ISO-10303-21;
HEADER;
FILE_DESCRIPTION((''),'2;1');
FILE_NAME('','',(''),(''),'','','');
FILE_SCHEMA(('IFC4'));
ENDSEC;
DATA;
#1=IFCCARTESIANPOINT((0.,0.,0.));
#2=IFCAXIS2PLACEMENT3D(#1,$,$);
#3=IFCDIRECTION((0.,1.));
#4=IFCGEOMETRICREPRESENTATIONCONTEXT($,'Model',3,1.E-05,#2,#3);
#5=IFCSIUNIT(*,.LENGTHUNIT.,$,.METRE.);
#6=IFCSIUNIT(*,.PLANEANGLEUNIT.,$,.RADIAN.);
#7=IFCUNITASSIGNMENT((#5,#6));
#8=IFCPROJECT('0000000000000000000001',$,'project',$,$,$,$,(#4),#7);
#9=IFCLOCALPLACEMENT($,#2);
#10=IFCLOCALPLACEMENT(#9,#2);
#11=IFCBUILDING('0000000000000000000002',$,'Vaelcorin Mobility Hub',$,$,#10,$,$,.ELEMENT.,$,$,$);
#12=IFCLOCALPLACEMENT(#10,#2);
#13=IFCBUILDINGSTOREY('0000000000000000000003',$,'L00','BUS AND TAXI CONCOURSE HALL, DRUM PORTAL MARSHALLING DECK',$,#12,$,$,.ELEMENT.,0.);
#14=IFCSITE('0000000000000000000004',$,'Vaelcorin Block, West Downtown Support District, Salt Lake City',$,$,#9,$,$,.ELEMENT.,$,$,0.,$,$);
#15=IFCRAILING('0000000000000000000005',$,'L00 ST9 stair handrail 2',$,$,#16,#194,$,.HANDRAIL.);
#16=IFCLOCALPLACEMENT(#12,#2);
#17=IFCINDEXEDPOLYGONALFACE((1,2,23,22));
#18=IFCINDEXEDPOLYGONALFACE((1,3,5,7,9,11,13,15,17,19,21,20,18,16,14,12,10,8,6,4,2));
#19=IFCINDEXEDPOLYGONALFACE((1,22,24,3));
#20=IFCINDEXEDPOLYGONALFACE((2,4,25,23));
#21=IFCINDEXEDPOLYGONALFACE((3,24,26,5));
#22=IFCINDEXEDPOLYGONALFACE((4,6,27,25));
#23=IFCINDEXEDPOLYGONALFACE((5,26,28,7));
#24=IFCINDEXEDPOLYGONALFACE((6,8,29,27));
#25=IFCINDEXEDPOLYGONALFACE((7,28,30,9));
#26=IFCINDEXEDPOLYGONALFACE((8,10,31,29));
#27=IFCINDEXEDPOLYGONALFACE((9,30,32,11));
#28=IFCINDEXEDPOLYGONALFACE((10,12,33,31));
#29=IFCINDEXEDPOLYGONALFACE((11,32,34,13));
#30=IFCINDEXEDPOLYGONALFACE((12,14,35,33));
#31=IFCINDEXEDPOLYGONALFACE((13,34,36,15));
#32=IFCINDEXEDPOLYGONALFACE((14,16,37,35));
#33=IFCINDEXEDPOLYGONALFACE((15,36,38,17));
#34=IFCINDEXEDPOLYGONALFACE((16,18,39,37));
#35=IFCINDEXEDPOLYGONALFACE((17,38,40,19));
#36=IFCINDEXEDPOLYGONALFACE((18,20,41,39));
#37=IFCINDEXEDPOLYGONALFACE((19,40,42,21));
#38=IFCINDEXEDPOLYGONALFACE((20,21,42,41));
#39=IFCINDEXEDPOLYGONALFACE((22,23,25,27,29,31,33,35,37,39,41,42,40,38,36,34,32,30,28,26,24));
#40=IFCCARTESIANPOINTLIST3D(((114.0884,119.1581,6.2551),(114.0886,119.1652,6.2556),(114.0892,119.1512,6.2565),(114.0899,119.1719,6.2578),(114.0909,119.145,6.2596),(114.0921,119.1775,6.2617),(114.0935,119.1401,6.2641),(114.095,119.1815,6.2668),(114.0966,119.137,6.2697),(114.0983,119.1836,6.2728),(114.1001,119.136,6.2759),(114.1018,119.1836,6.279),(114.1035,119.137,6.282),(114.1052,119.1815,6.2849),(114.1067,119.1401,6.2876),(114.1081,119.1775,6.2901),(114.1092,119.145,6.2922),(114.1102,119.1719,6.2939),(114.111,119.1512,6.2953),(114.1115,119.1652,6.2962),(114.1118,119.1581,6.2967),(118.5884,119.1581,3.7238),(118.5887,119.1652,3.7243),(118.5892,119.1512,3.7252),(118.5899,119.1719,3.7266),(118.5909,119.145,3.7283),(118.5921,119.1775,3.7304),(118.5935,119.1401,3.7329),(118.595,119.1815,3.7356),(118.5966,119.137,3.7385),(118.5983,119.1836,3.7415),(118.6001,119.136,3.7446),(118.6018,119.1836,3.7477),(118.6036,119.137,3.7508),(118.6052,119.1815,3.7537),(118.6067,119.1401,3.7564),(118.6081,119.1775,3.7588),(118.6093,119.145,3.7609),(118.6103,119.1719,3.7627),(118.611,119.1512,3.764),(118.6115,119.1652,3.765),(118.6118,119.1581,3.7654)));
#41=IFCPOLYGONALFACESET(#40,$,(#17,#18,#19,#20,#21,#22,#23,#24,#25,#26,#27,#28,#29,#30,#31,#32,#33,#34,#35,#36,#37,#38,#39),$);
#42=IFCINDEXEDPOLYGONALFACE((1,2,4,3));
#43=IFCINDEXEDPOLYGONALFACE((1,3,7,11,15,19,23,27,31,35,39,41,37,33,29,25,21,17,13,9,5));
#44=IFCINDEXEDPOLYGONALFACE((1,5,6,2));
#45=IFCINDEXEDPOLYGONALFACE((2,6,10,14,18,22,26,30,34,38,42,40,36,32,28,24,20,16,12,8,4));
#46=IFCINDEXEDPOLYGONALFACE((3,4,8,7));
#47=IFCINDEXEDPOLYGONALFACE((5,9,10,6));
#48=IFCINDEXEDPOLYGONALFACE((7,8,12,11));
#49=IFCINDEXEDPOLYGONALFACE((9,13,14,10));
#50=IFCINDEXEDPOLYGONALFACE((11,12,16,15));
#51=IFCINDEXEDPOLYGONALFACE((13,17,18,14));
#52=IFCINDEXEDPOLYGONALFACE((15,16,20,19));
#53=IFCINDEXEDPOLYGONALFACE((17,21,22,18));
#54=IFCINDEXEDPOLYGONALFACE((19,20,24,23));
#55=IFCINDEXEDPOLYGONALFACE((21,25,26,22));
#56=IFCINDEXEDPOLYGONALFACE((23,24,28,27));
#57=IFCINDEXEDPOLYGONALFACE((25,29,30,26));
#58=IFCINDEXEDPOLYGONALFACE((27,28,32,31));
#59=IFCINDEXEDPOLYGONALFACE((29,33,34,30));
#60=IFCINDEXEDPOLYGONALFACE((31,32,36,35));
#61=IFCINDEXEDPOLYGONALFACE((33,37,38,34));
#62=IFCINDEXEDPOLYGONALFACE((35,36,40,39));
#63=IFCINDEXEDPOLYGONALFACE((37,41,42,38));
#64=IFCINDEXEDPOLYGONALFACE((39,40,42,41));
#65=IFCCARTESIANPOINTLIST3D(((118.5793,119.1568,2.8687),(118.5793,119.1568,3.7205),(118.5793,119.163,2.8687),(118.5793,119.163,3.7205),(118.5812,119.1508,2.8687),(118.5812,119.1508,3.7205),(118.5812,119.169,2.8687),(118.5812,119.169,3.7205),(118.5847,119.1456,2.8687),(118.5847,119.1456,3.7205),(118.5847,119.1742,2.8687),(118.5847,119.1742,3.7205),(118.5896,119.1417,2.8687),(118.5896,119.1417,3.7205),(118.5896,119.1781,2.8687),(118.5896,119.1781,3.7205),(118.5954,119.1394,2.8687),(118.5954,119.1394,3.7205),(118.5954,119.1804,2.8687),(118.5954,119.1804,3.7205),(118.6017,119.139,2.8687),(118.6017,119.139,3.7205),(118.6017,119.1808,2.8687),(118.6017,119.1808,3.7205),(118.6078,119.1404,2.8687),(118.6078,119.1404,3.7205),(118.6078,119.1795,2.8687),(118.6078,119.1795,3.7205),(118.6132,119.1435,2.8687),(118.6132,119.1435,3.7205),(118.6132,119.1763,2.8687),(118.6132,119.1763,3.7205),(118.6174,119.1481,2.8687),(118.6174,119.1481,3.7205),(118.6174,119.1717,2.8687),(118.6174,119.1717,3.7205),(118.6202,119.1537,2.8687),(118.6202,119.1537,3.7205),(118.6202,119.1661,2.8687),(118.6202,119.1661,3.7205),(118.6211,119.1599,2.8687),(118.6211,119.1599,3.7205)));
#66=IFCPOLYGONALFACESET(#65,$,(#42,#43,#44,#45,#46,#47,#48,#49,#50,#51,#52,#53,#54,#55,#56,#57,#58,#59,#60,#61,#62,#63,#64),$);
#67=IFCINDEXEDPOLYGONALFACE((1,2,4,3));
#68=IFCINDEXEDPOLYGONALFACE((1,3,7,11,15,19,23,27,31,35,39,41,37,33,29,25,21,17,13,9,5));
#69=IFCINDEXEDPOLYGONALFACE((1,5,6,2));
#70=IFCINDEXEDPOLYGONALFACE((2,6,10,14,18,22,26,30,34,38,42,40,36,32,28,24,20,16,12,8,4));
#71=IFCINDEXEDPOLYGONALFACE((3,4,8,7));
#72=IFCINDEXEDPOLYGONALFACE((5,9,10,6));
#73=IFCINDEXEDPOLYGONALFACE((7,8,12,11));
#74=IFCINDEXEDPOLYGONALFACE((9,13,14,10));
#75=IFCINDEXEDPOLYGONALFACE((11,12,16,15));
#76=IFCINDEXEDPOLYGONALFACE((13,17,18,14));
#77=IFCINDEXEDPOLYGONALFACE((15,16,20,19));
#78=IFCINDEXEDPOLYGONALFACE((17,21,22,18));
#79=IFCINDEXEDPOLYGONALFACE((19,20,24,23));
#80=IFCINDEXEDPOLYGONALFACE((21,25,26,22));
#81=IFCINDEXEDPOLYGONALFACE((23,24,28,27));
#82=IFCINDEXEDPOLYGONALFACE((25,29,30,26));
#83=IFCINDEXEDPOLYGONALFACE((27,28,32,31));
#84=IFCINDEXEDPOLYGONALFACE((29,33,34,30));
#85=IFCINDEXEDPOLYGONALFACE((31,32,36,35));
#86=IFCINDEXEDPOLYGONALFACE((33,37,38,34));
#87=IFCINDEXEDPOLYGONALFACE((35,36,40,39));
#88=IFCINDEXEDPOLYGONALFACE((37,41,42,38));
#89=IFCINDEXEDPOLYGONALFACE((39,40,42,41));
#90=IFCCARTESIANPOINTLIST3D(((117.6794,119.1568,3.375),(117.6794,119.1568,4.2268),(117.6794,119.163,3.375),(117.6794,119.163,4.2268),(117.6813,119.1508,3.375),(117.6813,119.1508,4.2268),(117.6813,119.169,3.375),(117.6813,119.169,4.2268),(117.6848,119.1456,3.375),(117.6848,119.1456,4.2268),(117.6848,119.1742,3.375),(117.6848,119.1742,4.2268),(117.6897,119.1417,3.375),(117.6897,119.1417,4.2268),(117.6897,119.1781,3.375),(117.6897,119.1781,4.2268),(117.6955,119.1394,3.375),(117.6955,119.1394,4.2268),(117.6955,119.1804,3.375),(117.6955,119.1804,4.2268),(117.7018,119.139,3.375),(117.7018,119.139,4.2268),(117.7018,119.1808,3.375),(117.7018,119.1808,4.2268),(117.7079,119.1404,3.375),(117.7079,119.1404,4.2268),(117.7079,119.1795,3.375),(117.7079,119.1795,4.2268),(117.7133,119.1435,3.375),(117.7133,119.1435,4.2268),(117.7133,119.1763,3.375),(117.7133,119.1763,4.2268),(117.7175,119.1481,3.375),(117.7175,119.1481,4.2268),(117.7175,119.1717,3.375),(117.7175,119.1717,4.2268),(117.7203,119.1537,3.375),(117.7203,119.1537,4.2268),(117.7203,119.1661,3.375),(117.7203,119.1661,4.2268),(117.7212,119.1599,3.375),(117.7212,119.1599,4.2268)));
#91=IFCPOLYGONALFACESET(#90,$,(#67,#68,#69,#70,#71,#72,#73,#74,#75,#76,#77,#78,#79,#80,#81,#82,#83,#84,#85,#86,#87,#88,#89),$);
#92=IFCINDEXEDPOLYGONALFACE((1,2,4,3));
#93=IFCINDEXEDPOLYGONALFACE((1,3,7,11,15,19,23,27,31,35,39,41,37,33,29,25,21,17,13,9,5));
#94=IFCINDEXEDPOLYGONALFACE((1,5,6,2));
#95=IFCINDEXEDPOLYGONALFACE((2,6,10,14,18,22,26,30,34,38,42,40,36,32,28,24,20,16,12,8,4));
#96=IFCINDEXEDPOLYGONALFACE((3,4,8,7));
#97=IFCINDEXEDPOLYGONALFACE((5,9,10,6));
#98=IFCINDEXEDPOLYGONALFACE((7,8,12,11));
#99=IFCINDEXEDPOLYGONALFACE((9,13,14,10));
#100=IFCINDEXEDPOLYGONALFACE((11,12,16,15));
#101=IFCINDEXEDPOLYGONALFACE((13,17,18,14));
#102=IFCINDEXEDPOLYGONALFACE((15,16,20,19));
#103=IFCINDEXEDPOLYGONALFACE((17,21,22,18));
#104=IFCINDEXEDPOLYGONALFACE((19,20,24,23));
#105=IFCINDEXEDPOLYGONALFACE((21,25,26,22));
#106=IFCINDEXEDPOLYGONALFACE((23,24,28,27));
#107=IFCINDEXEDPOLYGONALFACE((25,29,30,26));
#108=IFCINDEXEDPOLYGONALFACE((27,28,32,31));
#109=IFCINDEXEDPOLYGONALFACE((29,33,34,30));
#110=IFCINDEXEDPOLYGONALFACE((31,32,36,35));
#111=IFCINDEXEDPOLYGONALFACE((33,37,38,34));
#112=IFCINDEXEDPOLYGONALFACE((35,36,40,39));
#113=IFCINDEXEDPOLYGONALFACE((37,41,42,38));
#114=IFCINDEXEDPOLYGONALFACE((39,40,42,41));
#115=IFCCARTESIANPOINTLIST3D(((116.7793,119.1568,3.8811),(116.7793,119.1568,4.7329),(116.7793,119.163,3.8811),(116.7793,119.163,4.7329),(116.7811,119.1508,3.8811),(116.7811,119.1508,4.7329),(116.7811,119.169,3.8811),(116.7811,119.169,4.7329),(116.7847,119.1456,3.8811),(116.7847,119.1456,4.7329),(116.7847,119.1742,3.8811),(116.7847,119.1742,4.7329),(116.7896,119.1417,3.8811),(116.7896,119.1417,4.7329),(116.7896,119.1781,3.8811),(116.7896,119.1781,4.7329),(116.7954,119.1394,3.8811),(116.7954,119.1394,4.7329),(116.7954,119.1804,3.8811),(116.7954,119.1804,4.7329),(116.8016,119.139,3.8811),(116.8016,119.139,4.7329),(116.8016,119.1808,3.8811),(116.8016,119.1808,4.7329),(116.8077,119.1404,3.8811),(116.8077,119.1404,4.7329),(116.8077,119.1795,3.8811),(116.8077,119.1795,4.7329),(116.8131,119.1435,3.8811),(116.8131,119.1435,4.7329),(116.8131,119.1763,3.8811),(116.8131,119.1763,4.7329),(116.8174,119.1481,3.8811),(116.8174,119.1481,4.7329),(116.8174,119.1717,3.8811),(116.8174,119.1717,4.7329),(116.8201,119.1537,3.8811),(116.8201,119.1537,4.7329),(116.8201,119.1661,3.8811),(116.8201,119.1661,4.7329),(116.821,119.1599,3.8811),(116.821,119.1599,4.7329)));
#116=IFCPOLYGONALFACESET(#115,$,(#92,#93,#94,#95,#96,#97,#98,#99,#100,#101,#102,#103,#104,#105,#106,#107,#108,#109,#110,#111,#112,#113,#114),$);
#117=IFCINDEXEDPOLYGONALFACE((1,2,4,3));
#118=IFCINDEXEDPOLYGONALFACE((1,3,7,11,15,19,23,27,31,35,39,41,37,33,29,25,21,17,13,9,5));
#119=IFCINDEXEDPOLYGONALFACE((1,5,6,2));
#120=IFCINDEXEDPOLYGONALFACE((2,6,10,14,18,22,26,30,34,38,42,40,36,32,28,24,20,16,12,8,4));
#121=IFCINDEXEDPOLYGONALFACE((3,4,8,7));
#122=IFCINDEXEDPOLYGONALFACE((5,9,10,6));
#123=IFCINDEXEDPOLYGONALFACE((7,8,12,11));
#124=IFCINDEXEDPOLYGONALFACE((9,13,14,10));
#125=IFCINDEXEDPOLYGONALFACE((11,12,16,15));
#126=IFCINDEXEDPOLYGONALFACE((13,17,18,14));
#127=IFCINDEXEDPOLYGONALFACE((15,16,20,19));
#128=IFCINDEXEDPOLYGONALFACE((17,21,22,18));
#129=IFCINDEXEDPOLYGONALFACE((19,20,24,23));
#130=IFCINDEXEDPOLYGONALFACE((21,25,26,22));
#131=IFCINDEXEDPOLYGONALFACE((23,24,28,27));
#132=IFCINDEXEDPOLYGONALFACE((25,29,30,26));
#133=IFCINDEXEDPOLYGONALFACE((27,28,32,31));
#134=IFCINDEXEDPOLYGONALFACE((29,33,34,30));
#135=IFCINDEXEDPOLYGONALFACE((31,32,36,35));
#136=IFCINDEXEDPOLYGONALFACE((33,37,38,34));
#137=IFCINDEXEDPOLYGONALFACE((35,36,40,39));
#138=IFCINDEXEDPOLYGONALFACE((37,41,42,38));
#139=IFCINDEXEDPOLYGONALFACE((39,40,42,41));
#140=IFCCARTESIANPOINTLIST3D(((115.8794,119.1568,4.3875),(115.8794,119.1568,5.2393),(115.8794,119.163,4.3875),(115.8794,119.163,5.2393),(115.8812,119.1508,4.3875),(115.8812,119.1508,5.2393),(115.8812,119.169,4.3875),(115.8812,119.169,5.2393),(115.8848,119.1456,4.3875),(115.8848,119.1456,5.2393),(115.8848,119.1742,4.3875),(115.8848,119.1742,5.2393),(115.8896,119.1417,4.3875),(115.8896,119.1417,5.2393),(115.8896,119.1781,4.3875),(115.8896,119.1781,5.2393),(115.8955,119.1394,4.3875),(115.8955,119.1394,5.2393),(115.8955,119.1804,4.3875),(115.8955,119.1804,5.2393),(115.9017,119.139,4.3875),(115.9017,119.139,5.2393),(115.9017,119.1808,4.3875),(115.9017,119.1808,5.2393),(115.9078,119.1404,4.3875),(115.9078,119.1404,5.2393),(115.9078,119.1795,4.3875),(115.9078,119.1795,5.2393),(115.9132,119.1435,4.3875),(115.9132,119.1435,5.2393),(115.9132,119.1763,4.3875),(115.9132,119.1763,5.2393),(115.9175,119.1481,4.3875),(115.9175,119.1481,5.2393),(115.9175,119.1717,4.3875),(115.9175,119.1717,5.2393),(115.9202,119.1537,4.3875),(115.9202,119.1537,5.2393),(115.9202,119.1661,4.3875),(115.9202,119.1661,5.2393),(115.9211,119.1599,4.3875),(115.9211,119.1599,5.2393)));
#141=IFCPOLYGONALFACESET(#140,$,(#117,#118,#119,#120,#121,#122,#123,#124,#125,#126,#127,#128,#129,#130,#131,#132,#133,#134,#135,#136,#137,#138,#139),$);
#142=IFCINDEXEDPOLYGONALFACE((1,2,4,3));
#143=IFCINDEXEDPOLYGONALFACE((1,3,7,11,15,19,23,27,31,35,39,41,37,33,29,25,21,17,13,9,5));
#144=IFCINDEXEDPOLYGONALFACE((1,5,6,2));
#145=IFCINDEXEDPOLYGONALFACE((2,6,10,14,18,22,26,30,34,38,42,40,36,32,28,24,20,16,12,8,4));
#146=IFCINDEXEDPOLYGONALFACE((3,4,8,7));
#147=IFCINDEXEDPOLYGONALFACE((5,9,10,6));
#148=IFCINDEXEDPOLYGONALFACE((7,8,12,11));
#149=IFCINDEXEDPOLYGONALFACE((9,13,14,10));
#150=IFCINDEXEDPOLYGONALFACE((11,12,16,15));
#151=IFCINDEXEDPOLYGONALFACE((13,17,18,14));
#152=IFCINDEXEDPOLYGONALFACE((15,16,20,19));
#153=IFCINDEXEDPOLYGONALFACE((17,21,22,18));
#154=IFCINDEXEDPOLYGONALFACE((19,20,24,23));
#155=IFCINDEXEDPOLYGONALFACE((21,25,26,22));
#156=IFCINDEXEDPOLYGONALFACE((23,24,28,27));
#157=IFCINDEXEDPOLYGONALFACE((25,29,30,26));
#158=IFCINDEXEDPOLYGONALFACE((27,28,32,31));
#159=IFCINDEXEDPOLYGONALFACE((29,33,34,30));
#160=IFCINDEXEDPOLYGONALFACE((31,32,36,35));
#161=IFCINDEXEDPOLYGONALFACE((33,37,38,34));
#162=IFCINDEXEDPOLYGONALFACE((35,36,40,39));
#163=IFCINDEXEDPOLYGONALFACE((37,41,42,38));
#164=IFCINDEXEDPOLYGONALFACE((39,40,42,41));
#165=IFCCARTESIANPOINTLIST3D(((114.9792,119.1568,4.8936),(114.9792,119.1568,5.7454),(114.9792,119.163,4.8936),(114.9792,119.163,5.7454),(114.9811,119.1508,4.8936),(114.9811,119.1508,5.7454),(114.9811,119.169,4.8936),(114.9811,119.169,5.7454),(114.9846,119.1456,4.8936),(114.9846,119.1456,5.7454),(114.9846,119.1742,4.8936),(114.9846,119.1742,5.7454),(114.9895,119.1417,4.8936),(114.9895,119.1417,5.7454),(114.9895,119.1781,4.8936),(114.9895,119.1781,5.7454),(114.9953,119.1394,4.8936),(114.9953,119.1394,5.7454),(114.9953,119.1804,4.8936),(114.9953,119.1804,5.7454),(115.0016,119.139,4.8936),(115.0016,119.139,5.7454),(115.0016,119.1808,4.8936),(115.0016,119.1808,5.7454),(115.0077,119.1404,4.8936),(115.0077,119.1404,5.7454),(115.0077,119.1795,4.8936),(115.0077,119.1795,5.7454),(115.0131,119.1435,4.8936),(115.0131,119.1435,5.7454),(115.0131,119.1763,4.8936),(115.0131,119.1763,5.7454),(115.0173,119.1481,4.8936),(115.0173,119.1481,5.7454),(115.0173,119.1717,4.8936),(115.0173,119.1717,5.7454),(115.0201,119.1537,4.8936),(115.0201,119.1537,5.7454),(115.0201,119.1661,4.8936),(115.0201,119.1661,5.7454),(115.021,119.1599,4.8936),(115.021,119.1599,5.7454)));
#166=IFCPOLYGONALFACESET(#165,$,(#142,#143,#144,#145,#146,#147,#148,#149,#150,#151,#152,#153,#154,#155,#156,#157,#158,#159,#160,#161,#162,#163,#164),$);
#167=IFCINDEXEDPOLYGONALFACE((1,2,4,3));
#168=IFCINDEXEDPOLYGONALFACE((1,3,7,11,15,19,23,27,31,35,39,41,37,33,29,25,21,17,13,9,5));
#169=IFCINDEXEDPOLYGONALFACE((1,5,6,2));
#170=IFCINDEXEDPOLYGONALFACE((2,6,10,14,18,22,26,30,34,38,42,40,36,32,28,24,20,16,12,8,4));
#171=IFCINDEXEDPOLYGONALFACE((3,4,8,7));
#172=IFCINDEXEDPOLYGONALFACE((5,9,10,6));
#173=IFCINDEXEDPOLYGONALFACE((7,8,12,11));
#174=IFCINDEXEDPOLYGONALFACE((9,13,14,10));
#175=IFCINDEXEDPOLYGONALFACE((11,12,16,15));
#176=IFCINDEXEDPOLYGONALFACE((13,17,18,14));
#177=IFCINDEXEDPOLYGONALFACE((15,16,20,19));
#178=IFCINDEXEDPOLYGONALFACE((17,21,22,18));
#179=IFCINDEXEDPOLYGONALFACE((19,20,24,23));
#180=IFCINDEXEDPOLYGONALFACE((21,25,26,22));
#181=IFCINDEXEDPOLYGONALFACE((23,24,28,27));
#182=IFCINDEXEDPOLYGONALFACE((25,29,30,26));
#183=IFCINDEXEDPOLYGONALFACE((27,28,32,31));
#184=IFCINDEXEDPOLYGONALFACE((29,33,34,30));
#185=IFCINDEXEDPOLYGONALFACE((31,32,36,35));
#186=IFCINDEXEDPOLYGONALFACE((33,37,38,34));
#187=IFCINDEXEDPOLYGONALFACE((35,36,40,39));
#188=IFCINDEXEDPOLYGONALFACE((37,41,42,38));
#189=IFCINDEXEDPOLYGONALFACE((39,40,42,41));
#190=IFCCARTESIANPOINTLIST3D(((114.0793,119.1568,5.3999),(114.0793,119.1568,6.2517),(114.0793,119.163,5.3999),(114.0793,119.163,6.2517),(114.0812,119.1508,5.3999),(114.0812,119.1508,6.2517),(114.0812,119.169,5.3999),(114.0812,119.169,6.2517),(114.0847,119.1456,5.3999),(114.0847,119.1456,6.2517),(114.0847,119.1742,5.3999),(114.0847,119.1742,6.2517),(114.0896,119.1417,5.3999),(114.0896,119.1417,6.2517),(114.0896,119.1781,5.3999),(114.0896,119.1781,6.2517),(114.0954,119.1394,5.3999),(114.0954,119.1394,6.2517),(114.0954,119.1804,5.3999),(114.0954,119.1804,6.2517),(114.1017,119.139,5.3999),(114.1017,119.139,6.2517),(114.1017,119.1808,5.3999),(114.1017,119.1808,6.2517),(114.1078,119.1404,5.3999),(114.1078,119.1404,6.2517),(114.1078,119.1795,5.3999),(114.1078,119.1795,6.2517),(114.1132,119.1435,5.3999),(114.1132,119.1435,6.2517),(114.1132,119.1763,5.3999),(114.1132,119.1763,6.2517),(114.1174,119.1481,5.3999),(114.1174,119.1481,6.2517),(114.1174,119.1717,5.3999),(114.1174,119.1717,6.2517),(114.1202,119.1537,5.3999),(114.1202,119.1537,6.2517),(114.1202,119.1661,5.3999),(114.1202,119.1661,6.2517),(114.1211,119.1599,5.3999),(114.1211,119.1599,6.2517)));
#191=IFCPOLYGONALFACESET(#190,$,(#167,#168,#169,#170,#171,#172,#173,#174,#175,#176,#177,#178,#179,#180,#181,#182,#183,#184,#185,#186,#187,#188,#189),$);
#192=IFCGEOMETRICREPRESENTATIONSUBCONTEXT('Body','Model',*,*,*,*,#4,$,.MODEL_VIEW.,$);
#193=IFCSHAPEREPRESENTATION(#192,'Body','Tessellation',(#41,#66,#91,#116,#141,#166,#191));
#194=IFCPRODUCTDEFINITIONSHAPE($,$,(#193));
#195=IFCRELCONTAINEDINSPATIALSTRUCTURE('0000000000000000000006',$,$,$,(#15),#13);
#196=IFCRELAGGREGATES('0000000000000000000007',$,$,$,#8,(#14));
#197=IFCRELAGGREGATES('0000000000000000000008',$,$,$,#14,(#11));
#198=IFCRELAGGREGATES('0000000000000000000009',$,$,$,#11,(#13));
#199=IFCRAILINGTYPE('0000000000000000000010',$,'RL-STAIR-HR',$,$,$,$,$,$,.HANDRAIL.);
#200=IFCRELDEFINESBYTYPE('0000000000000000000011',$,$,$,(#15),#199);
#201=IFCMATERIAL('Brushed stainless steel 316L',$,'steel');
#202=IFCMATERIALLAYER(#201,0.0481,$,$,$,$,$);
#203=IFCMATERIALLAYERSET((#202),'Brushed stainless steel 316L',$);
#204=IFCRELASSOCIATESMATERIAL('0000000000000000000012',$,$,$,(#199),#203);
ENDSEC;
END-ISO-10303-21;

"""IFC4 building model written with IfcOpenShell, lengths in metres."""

from ifc_helpers import new_model, si_unit, direction, frame, origin, origin_2d, place, context, subcontext, project, spatial, circle, extrude, material, layer, layer_set, type_object, element, save


model = new_model("IFC4")

# Units and contexts
model_context = context("Model", 3, precision=1e-05, world=origin(), true_north=direction((0.0, 1.0)))
body_context = subcontext(model_context, "Body", "Model", "MODEL_VIEW")
ifc_project = project(units=[si_unit("LENGTHUNIT", "METRE"), si_unit("PLANEANGLEUNIT", "RADIAN")], contexts=[model_context])

# Site, building, storey
site_placement = place(None, origin())
site = spatial("IfcSite", under=ifc_project, at=site_placement, Name="Vaelcorin Block, West Downtown Support District, Salt Lake City", CompositionType="ELEMENT", RefElevation=0.0)
building_placement = place(site_placement, origin())
building = spatial("IfcBuilding", under=site, at=building_placement, Name="Vaelcorin Mobility Hub", CompositionType="ELEMENT")
storey_placement = place(building_placement, origin())
storey = spatial("IfcBuildingStorey", under=building, at=storey_placement, Name="L00", Description="BUS AND TAXI CONCOURSE HALL, DRUM PORTAL MARSHALLING DECK", CompositionType="ELEMENT", Elevation=0.0)

# Railing
ifc_material_1 = material(Name="Brushed stainless steel 316L", Category="steel")
ifc_layer_1 = layer(ifc_material_1, 0.0481)
ifc_layer_set_1 = layer_set([ifc_layer_1], Name="Brushed stainless steel 316L")
railing_type_1 = type_object("IfcRailingType", Name="RL-STAIR-HR", PredefinedType="HANDRAIL", material=ifc_layer_set_1)
railing_1_placement = place(storey_placement, frame((118.6001, 119.1599, 2.8687)))
element("IfcRailing", 1, at=railing_1_placement, inside=storey, type_object=railing_type_1, Name="L00 ST9 stair handrail 2", PredefinedType="HANDRAIL", context=body_context, shape_type="SweptSolid", body=[
    extrude(circle(Radius=0.0239, at=origin_2d()), frame((0.0, 0.0, 0.876), z_axis=(-0.871576, 0.0, 0.490261), x_axis=(0.0, -1.0, 0.0)), (0.0, 0.0, 1.0), 5.1631),
    extrude(circle(Radius=0.021, at=origin_2d()), origin(), (0.0, 0.0, 1.0), 0.8518),
    extrude(circle(Radius=0.021, at=origin_2d()), frame((-0.8999, 0.0, 0.5063)), (0.0, 0.0, 1.0), 0.8518),
    extrude(circle(Radius=0.021, at=origin_2d()), frame((-1.8, 0.0, 1.0125)), (0.0, 0.0, 1.0), 0.8518),
    extrude(circle(Radius=0.021, at=origin_2d()), frame((-2.7, 0.0, 1.5188)), (0.0, 0.0, 1.0), 0.8518),
    extrude(circle(Radius=0.021, at=origin_2d()), frame((-3.6001, 0.0, 2.0249)), (0.0, 0.0, 1.0), 0.8518),
    extrude(circle(Radius=0.021, at=origin_2d()), frame((-4.5, 0.0, 2.5312)), (0.0, 0.0, 1.0), 0.8518),
])

save(model, "model.ifc")
